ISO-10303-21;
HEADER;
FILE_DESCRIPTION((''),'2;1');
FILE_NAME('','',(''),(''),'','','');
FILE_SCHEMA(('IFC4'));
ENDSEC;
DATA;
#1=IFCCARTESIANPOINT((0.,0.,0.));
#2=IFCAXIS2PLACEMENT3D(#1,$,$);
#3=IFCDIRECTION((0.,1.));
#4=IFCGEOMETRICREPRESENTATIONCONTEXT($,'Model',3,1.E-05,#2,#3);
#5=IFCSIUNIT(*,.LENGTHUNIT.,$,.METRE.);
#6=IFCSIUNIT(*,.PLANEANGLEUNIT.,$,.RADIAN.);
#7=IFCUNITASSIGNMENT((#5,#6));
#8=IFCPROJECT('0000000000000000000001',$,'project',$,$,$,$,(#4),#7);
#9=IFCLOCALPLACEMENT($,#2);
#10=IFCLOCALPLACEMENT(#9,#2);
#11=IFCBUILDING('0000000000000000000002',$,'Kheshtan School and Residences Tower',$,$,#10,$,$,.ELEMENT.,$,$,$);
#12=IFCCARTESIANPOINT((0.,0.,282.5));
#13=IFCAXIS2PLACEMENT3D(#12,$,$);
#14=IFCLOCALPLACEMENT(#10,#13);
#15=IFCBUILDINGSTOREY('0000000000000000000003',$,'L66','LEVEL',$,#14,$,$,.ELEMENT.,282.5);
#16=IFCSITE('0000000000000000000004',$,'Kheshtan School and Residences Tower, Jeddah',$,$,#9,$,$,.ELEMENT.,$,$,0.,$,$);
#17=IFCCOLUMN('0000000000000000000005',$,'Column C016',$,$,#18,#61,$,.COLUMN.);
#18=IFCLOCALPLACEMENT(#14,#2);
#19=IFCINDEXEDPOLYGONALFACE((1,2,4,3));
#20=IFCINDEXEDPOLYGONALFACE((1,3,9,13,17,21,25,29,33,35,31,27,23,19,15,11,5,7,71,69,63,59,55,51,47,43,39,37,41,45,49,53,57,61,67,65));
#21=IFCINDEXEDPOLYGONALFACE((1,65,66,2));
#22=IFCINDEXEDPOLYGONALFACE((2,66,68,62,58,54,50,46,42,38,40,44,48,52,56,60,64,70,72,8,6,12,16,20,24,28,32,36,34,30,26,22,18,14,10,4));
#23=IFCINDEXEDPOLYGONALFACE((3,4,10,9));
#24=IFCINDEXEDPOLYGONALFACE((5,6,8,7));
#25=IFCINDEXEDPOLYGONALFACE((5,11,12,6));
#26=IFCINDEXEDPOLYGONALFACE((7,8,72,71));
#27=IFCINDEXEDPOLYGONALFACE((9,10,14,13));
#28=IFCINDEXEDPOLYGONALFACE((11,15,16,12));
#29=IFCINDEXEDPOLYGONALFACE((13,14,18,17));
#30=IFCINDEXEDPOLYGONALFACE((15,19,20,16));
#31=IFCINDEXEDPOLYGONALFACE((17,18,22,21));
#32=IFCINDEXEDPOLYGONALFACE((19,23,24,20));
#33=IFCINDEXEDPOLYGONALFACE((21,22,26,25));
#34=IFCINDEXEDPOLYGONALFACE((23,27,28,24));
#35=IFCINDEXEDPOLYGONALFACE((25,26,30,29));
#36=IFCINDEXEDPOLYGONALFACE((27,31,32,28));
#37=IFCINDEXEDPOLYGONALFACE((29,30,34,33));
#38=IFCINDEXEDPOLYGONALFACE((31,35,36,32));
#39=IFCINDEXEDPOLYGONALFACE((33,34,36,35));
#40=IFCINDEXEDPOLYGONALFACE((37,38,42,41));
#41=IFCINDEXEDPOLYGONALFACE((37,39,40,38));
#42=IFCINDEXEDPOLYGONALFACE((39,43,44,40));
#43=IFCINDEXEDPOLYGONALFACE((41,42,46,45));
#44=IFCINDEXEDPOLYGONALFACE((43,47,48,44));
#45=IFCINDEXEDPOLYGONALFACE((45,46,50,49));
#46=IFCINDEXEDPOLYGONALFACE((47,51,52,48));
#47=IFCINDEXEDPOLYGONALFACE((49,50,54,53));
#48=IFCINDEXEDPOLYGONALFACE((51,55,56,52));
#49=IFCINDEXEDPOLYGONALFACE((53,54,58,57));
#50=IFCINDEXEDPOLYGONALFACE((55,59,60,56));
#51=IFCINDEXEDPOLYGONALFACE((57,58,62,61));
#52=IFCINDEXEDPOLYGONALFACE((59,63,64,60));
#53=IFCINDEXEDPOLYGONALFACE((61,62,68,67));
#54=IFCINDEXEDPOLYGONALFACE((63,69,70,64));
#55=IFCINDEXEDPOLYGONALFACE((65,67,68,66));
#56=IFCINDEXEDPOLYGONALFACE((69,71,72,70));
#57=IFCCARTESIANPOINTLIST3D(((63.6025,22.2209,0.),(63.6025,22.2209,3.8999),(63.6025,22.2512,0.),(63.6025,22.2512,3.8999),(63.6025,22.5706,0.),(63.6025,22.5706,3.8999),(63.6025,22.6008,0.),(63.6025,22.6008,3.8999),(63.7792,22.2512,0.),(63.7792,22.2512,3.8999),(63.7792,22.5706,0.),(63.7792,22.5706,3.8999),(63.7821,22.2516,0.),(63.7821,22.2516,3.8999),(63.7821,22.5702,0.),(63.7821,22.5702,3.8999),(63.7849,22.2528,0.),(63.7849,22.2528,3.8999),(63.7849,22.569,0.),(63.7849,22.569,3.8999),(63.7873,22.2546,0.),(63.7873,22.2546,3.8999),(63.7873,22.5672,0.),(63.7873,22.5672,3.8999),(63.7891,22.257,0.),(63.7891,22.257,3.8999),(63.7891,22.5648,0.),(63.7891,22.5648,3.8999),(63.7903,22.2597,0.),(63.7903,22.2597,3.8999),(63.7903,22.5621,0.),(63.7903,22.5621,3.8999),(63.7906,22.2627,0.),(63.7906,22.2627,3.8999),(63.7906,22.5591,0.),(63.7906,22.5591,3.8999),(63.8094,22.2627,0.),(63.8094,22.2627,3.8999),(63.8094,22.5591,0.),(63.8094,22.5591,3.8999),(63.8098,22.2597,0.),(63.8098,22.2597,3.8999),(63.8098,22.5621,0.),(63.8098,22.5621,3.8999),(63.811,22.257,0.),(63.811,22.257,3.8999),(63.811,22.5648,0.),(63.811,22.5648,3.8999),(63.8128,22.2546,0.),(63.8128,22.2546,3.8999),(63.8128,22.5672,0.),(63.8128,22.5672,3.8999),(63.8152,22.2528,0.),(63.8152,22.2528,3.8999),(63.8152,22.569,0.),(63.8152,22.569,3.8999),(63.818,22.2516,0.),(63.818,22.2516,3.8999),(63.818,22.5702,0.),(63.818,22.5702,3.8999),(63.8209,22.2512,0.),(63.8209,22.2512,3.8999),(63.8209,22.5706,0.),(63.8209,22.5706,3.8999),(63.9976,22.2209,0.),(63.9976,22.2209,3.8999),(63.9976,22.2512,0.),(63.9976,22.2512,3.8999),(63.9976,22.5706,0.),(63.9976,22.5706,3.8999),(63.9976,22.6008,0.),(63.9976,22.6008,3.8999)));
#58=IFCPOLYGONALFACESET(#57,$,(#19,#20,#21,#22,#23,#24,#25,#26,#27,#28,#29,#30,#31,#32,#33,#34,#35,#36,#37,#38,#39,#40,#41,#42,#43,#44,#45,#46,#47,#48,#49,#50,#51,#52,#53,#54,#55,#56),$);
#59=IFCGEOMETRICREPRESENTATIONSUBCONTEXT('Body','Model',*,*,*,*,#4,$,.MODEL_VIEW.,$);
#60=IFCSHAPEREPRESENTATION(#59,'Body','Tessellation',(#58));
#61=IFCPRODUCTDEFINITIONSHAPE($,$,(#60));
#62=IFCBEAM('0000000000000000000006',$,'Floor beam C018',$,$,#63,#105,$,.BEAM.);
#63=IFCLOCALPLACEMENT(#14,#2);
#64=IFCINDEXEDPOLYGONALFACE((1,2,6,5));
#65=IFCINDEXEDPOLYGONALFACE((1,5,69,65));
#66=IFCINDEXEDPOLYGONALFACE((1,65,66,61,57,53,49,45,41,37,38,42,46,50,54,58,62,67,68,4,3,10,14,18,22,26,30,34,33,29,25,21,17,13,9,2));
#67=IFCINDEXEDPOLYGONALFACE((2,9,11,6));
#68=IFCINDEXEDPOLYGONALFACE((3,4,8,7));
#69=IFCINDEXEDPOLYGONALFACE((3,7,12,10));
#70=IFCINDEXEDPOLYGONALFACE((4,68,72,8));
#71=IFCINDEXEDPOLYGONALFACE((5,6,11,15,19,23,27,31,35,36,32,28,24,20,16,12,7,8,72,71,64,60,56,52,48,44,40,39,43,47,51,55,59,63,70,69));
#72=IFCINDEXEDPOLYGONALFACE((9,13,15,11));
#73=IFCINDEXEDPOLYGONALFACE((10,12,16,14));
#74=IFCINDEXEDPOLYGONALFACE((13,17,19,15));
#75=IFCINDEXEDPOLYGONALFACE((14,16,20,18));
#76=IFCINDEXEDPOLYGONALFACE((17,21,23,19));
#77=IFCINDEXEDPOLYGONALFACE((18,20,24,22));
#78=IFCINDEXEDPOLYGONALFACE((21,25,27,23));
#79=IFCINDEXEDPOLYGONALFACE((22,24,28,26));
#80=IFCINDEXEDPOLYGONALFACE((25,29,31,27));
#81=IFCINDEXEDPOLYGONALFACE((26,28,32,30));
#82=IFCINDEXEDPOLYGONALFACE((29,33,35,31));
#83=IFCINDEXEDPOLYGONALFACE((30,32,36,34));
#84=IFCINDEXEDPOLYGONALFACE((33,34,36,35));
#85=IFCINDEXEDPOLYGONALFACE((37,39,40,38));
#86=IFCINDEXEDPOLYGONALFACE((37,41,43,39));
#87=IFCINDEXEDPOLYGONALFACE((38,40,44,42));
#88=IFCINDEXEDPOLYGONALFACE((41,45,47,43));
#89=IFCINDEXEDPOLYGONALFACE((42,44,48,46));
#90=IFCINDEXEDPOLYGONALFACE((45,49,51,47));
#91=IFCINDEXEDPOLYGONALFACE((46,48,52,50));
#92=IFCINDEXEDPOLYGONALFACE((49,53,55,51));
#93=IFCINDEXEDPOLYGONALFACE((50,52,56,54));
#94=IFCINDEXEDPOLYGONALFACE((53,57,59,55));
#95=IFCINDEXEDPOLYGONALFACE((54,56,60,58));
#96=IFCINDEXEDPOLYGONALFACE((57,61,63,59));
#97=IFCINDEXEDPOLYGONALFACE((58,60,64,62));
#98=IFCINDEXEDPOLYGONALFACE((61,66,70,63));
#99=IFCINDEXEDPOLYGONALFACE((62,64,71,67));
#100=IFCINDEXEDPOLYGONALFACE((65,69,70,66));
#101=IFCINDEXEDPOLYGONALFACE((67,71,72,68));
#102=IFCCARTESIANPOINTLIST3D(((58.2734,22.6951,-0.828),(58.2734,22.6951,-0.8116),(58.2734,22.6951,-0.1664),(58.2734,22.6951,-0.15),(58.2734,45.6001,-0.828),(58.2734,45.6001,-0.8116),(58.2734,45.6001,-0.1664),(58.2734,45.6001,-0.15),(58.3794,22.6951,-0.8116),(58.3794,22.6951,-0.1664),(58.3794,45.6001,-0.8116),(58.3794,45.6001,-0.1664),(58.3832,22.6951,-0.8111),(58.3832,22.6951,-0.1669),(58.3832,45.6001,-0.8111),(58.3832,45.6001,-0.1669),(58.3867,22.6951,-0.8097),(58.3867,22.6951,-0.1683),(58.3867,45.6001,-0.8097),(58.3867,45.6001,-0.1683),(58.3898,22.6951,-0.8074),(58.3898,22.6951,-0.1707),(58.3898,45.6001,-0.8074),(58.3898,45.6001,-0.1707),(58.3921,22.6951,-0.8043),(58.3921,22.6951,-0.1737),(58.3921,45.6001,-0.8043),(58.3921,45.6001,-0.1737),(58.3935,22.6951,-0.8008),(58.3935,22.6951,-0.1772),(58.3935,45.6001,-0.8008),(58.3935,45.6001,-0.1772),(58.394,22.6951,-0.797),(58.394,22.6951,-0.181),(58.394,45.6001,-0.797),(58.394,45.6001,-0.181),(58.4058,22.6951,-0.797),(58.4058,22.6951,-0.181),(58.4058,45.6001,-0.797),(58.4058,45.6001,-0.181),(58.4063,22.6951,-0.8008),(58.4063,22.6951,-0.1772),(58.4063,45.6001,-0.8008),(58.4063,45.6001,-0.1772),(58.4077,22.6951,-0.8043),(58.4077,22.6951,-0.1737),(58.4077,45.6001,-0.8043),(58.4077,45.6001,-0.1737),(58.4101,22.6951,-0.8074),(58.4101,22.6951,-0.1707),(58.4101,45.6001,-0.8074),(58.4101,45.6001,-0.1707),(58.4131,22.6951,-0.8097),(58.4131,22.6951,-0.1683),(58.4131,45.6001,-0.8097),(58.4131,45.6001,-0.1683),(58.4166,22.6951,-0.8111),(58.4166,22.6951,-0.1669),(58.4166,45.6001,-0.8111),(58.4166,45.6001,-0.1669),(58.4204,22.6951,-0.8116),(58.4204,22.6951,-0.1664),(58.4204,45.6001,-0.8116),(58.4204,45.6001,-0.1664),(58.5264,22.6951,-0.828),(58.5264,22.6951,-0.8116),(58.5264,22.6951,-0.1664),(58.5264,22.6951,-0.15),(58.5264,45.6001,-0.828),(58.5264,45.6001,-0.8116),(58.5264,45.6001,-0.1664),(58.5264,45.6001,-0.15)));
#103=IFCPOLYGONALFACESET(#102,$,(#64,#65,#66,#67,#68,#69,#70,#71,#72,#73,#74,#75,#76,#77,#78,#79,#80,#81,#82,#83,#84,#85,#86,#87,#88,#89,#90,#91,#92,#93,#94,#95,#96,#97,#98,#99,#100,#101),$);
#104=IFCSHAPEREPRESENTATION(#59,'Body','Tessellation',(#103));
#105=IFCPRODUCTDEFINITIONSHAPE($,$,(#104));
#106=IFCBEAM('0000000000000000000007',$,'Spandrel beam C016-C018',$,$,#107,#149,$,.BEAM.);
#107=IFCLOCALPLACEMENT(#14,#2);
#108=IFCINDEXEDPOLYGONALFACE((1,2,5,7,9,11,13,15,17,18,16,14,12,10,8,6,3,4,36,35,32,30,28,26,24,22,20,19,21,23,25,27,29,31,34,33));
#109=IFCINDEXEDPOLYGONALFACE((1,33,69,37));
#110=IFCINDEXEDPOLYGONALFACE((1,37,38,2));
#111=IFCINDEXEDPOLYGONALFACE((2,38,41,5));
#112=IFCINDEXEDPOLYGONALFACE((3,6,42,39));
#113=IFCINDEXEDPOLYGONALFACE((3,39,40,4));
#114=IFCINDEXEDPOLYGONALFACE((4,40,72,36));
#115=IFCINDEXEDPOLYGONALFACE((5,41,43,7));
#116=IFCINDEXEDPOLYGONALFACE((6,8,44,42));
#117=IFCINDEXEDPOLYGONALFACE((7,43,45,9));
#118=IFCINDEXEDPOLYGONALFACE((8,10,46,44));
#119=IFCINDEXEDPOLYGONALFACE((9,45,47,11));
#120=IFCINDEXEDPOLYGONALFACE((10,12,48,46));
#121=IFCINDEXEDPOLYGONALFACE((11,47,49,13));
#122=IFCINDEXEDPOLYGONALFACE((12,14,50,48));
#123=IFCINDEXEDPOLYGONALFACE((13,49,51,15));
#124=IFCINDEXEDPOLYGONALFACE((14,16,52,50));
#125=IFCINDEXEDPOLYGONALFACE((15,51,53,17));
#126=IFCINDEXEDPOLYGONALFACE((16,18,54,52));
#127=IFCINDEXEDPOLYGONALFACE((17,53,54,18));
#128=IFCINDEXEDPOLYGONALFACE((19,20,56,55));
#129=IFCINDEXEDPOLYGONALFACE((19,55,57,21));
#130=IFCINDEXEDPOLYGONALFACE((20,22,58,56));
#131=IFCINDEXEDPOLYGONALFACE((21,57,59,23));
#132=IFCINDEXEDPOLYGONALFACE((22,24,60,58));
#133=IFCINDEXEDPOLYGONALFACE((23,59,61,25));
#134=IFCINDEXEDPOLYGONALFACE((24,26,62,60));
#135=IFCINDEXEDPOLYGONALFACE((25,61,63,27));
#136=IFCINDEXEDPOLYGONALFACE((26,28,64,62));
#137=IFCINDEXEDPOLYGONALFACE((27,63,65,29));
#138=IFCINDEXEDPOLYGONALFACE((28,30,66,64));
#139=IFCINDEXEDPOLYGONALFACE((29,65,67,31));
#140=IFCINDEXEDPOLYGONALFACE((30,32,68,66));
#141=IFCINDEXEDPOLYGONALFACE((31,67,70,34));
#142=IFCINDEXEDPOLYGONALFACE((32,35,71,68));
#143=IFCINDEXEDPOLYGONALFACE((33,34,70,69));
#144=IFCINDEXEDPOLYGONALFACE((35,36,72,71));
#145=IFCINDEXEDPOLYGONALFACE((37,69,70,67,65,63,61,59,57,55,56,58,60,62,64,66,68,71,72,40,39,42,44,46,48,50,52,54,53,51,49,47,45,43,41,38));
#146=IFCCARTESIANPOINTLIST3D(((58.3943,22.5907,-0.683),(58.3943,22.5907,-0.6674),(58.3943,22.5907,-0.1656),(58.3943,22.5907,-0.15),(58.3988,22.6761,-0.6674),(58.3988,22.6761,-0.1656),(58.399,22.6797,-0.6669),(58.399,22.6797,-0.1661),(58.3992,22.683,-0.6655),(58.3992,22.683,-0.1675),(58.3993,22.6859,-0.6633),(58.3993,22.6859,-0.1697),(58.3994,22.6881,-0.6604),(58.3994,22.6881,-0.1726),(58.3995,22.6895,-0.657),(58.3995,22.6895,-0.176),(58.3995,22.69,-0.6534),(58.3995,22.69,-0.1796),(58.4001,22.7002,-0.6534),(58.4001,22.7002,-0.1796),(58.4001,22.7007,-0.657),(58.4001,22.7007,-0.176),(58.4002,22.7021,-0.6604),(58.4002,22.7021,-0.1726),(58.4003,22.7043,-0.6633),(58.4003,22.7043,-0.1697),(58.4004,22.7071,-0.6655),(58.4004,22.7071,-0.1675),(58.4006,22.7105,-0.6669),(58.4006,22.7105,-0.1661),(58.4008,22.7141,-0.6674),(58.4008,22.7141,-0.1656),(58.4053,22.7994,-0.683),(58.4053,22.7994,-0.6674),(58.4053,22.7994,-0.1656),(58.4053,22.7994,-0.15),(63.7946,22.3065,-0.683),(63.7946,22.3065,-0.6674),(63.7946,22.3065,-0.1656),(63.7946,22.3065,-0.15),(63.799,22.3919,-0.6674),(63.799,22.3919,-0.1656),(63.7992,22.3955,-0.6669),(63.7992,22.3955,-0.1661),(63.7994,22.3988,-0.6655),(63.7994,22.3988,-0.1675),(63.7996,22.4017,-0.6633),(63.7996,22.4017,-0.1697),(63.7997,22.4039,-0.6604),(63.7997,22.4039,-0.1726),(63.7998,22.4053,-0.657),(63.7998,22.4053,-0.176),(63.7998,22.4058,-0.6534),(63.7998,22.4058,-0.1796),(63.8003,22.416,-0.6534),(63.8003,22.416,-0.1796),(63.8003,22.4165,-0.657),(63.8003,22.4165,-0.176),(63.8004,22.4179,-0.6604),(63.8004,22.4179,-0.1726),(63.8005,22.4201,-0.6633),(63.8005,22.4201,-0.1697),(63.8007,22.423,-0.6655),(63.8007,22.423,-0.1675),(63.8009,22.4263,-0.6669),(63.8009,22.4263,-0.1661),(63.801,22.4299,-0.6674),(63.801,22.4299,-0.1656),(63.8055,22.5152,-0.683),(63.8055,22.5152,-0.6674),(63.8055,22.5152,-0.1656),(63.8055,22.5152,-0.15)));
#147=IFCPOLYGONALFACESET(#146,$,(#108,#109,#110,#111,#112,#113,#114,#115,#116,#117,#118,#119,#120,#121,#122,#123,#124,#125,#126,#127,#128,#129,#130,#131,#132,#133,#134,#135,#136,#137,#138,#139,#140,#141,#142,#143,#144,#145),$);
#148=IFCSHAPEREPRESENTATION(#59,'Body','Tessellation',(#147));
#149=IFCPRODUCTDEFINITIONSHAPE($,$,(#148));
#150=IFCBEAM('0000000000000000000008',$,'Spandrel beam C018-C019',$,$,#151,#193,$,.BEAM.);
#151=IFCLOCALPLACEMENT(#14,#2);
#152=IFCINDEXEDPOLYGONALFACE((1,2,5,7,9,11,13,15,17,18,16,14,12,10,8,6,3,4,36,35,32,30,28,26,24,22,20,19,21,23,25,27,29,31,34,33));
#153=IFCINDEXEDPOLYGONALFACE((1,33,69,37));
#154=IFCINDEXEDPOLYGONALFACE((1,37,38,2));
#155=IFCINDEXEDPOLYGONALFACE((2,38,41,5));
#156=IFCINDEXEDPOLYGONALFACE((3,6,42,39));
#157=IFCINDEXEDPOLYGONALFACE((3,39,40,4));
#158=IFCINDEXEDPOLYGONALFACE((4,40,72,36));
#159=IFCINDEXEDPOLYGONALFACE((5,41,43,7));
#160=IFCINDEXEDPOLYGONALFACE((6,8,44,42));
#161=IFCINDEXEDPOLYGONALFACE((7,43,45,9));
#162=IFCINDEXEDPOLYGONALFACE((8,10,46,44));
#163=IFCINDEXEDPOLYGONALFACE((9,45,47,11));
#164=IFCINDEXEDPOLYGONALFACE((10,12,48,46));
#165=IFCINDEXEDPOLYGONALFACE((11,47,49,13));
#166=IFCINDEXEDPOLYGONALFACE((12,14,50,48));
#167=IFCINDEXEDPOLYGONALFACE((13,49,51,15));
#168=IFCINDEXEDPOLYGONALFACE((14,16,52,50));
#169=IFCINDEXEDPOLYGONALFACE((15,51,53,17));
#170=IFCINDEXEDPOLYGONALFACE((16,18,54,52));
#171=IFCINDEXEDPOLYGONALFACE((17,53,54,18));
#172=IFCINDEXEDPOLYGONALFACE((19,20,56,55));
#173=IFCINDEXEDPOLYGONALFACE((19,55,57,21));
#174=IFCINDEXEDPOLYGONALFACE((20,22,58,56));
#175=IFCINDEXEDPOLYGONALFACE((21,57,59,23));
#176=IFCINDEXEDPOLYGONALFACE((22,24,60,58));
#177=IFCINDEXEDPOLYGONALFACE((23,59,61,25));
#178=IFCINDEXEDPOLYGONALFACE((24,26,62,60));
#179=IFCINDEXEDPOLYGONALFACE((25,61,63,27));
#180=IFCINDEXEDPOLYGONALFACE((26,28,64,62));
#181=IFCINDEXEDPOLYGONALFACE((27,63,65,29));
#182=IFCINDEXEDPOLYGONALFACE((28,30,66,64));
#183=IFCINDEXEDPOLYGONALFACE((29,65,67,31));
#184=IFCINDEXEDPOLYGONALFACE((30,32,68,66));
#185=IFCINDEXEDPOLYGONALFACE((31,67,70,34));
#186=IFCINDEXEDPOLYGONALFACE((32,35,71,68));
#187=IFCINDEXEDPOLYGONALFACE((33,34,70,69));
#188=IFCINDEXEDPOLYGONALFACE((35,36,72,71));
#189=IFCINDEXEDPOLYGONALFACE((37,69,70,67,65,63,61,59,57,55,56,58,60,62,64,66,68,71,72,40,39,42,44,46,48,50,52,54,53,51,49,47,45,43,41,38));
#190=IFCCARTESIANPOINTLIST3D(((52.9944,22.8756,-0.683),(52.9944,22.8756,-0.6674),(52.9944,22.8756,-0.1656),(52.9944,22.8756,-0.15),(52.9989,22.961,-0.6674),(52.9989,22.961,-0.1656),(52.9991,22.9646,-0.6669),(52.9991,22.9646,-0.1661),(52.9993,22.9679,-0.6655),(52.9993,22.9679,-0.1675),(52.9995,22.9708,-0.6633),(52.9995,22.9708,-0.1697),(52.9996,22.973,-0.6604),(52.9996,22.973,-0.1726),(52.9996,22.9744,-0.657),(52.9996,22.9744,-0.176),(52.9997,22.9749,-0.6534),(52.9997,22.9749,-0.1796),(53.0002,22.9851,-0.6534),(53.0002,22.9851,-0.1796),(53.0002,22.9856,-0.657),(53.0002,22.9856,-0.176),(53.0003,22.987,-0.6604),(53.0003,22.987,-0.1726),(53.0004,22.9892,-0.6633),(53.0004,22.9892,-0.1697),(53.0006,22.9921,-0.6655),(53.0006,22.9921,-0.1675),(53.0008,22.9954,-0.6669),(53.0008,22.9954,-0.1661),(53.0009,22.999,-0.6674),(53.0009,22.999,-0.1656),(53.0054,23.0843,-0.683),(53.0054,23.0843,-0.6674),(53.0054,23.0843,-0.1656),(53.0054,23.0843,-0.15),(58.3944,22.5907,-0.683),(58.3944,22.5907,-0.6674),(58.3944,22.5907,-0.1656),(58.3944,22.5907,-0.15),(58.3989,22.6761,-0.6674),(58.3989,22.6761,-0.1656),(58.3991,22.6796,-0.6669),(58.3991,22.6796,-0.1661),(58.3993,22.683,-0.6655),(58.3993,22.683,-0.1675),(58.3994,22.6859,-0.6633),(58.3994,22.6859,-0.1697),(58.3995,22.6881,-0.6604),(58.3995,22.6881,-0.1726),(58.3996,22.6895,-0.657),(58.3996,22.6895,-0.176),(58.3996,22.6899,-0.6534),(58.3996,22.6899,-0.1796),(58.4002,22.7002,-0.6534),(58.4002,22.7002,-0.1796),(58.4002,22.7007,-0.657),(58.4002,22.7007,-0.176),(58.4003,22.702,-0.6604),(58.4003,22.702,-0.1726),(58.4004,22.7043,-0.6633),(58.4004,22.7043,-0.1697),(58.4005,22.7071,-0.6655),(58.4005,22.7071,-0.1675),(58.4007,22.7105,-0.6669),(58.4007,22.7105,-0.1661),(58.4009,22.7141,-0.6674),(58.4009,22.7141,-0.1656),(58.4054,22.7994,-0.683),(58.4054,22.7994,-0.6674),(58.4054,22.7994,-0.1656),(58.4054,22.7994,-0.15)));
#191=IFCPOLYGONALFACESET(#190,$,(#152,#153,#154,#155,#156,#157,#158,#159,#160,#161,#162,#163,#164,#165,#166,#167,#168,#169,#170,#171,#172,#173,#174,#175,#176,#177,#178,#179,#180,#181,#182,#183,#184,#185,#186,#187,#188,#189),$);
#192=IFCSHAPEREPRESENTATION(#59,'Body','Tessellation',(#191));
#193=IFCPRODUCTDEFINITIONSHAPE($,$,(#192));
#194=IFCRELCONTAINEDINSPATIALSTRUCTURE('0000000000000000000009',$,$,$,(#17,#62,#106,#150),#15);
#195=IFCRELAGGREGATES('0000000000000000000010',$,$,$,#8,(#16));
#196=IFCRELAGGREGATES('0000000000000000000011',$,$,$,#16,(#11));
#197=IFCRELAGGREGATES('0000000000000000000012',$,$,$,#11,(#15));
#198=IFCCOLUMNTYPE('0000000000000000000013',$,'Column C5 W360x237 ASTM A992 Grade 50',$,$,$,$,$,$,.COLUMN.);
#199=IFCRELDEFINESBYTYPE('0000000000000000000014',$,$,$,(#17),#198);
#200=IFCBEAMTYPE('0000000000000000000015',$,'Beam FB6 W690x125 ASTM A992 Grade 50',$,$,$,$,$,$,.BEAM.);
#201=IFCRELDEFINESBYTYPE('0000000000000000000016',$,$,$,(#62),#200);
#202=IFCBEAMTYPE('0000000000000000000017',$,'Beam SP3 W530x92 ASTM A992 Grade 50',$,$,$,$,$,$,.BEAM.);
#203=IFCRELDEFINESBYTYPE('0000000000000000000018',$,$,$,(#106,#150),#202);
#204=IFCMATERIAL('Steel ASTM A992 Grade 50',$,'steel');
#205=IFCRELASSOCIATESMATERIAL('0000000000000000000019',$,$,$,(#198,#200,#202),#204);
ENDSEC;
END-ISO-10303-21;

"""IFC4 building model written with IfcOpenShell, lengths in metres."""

from ifc_helpers import new_model, si_unit, direction, frame, origin, origin_2d, place, context, subcontext, project, spatial, i_section, extrude, material, material_profile, profile_set, type_object, element, save


model = new_model("IFC4")

# Units and contexts
model_context = context("Model", 3, precision=1e-05, world=origin(), true_north=direction((0.0, 1.0)))
body_context = subcontext(model_context, "Body", "Model", "MODEL_VIEW")
ifc_project = project(units=[si_unit("LENGTHUNIT", "METRE"), si_unit("PLANEANGLEUNIT", "RADIAN")], contexts=[model_context])

# Site, building, storey
site_placement = place(None, origin())
site = spatial("IfcSite", under=ifc_project, at=site_placement, Name="Kheshtan School and Residences Tower, Jeddah", CompositionType="ELEMENT", RefElevation=0.0)
building_placement = place(site_placement, origin())
building = spatial("IfcBuilding", under=site, at=building_placement, Name="Kheshtan School and Residences Tower", CompositionType="ELEMENT")
storey_placement = place(building_placement, frame((0.0, 0.0, 282.5)))
storey = spatial("IfcBuildingStorey", under=building, at=storey_placement, Name="L66", Description="LEVEL", CompositionType="ELEMENT", Elevation=282.5)

# Column
ifc_material_1 = material(Name="Steel ASTM A992 Grade 50", Category="steel")
ifc_material_profile_1 = material_profile(ifc_material_1, i_section(OverallWidth=0.395, OverallDepth=0.3799, WebThickness=0.0188, FlangeThickness=0.0303, FilletRadius=0.0115, at=origin_2d()), Name="W360x237")
ifc_profile_set_1 = profile_set([ifc_material_profile_1], Name="Steel ASTM A992 Grade 50")
column_type = type_object("IfcColumnType", Name="Column C5 W360x237 ASTM A992 Grade 50", PredefinedType="COLUMN", material=ifc_profile_set_1)
column_placement = place(storey_placement, frame((63.8, 22.4109, 0.0), z_axis=(0.0, 0.0, 1.0), x_axis=(1.0, 0.0, 0.0)))
element("IfcColumn", 1, at=column_placement, inside=storey, type_object=column_type, Name="Column C016", PredefinedType="COLUMN", context=body_context, shape_type="SweptSolid", body=[
    extrude(i_section(OverallWidth=0.395, OverallDepth=0.3799, WebThickness=0.0188, FlangeThickness=0.0303, FilletRadius=0.0115, at=origin_2d()), origin(), (0.0, 0.0, 1.0), 3.8999),
])

# Beams
ifc_material_profile_2 = material_profile(ifc_material_1, i_section(OverallWidth=0.2529, OverallDepth=0.678, WebThickness=0.0117, FlangeThickness=0.0164, FilletRadius=0.0146, at=origin_2d()), Name="W690x125")
ifc_profile_set_2 = profile_set([ifc_material_profile_2], Name="Steel ASTM A992 Grade 50")
beam_type_1 = type_object("IfcBeamType", Name="Beam FB6 W690x125 ASTM A992 Grade 50", PredefinedType="BEAM", material=ifc_profile_set_2)
beam_1_placement = place(storey_placement, frame((58.3999, 22.6951, -0.489), z_axis=(0.0, 1.0, 0.0), x_axis=(-1.0, 0.0, 0.0)))
element("IfcBeam", 2, at=beam_1_placement, inside=storey, type_object=beam_type_1, Name="Floor beam C018", PredefinedType="BEAM", context=body_context, shape_type="SweptSolid", body=[
    extrude(i_section(OverallWidth=0.2529, OverallDepth=0.678, WebThickness=0.0117, FlangeThickness=0.0164, FilletRadius=0.0146, at=origin_2d()), origin(), (0.0, 0.0, 1.0), 22.905),
])
ifc_material_profile_3 = material_profile(ifc_material_1, i_section(OverallWidth=0.209, OverallDepth=0.533, WebThickness=0.0103, FlangeThickness=0.0156, FilletRadius=0.0139, at=origin_2d()), Name="W530x92")
ifc_profile_set_3 = profile_set([ifc_material_profile_3], Name="Steel ASTM A992 Grade 50")
beam_type_2 = type_object("IfcBeamType", Name="Beam SP3 W530x92 ASTM A992 Grade 50", PredefinedType="BEAM", material=ifc_profile_set_3)
beam_2_placement = place(storey_placement, frame((63.8, 22.4109, -0.4165), z_axis=(-0.998618, 0.052552, 0.0), x_axis=(-0.052552, -0.998618, 0.0)))
element("IfcBeam", 3, at=beam_2_placement, inside=storey, type_object=beam_type_2, Name="Spandrel beam C016-C018", PredefinedType="BEAM", context=body_context, shape_type="SweptSolid", body=[
    extrude(i_section(OverallWidth=0.209, OverallDepth=0.533, WebThickness=0.0103, FlangeThickness=0.0156, FilletRadius=0.0139, at=origin_2d()), origin(), (0.0, 0.0, 1.0), 5.4077),
])
beam_3_placement = place(storey_placement, frame((58.3999, 22.6951, -0.4165), z_axis=(-0.998611, 0.052689, 0.0), x_axis=(-0.052689, -0.998611, 0.0)))
element("IfcBeam", 4, at=beam_3_placement, inside=storey, type_object=beam_type_2, Name="Spandrel beam C018-C019", PredefinedType="BEAM", context=body_context, shape_type="SweptSolid", body=[
    extrude(i_section(OverallWidth=0.209, OverallDepth=0.533, WebThickness=0.0103, FlangeThickness=0.0156, FilletRadius=0.0139, at=origin_2d()), origin(), (0.0, 0.0, 1.0), 5.4075),
])

save(model, "model.ifc")
